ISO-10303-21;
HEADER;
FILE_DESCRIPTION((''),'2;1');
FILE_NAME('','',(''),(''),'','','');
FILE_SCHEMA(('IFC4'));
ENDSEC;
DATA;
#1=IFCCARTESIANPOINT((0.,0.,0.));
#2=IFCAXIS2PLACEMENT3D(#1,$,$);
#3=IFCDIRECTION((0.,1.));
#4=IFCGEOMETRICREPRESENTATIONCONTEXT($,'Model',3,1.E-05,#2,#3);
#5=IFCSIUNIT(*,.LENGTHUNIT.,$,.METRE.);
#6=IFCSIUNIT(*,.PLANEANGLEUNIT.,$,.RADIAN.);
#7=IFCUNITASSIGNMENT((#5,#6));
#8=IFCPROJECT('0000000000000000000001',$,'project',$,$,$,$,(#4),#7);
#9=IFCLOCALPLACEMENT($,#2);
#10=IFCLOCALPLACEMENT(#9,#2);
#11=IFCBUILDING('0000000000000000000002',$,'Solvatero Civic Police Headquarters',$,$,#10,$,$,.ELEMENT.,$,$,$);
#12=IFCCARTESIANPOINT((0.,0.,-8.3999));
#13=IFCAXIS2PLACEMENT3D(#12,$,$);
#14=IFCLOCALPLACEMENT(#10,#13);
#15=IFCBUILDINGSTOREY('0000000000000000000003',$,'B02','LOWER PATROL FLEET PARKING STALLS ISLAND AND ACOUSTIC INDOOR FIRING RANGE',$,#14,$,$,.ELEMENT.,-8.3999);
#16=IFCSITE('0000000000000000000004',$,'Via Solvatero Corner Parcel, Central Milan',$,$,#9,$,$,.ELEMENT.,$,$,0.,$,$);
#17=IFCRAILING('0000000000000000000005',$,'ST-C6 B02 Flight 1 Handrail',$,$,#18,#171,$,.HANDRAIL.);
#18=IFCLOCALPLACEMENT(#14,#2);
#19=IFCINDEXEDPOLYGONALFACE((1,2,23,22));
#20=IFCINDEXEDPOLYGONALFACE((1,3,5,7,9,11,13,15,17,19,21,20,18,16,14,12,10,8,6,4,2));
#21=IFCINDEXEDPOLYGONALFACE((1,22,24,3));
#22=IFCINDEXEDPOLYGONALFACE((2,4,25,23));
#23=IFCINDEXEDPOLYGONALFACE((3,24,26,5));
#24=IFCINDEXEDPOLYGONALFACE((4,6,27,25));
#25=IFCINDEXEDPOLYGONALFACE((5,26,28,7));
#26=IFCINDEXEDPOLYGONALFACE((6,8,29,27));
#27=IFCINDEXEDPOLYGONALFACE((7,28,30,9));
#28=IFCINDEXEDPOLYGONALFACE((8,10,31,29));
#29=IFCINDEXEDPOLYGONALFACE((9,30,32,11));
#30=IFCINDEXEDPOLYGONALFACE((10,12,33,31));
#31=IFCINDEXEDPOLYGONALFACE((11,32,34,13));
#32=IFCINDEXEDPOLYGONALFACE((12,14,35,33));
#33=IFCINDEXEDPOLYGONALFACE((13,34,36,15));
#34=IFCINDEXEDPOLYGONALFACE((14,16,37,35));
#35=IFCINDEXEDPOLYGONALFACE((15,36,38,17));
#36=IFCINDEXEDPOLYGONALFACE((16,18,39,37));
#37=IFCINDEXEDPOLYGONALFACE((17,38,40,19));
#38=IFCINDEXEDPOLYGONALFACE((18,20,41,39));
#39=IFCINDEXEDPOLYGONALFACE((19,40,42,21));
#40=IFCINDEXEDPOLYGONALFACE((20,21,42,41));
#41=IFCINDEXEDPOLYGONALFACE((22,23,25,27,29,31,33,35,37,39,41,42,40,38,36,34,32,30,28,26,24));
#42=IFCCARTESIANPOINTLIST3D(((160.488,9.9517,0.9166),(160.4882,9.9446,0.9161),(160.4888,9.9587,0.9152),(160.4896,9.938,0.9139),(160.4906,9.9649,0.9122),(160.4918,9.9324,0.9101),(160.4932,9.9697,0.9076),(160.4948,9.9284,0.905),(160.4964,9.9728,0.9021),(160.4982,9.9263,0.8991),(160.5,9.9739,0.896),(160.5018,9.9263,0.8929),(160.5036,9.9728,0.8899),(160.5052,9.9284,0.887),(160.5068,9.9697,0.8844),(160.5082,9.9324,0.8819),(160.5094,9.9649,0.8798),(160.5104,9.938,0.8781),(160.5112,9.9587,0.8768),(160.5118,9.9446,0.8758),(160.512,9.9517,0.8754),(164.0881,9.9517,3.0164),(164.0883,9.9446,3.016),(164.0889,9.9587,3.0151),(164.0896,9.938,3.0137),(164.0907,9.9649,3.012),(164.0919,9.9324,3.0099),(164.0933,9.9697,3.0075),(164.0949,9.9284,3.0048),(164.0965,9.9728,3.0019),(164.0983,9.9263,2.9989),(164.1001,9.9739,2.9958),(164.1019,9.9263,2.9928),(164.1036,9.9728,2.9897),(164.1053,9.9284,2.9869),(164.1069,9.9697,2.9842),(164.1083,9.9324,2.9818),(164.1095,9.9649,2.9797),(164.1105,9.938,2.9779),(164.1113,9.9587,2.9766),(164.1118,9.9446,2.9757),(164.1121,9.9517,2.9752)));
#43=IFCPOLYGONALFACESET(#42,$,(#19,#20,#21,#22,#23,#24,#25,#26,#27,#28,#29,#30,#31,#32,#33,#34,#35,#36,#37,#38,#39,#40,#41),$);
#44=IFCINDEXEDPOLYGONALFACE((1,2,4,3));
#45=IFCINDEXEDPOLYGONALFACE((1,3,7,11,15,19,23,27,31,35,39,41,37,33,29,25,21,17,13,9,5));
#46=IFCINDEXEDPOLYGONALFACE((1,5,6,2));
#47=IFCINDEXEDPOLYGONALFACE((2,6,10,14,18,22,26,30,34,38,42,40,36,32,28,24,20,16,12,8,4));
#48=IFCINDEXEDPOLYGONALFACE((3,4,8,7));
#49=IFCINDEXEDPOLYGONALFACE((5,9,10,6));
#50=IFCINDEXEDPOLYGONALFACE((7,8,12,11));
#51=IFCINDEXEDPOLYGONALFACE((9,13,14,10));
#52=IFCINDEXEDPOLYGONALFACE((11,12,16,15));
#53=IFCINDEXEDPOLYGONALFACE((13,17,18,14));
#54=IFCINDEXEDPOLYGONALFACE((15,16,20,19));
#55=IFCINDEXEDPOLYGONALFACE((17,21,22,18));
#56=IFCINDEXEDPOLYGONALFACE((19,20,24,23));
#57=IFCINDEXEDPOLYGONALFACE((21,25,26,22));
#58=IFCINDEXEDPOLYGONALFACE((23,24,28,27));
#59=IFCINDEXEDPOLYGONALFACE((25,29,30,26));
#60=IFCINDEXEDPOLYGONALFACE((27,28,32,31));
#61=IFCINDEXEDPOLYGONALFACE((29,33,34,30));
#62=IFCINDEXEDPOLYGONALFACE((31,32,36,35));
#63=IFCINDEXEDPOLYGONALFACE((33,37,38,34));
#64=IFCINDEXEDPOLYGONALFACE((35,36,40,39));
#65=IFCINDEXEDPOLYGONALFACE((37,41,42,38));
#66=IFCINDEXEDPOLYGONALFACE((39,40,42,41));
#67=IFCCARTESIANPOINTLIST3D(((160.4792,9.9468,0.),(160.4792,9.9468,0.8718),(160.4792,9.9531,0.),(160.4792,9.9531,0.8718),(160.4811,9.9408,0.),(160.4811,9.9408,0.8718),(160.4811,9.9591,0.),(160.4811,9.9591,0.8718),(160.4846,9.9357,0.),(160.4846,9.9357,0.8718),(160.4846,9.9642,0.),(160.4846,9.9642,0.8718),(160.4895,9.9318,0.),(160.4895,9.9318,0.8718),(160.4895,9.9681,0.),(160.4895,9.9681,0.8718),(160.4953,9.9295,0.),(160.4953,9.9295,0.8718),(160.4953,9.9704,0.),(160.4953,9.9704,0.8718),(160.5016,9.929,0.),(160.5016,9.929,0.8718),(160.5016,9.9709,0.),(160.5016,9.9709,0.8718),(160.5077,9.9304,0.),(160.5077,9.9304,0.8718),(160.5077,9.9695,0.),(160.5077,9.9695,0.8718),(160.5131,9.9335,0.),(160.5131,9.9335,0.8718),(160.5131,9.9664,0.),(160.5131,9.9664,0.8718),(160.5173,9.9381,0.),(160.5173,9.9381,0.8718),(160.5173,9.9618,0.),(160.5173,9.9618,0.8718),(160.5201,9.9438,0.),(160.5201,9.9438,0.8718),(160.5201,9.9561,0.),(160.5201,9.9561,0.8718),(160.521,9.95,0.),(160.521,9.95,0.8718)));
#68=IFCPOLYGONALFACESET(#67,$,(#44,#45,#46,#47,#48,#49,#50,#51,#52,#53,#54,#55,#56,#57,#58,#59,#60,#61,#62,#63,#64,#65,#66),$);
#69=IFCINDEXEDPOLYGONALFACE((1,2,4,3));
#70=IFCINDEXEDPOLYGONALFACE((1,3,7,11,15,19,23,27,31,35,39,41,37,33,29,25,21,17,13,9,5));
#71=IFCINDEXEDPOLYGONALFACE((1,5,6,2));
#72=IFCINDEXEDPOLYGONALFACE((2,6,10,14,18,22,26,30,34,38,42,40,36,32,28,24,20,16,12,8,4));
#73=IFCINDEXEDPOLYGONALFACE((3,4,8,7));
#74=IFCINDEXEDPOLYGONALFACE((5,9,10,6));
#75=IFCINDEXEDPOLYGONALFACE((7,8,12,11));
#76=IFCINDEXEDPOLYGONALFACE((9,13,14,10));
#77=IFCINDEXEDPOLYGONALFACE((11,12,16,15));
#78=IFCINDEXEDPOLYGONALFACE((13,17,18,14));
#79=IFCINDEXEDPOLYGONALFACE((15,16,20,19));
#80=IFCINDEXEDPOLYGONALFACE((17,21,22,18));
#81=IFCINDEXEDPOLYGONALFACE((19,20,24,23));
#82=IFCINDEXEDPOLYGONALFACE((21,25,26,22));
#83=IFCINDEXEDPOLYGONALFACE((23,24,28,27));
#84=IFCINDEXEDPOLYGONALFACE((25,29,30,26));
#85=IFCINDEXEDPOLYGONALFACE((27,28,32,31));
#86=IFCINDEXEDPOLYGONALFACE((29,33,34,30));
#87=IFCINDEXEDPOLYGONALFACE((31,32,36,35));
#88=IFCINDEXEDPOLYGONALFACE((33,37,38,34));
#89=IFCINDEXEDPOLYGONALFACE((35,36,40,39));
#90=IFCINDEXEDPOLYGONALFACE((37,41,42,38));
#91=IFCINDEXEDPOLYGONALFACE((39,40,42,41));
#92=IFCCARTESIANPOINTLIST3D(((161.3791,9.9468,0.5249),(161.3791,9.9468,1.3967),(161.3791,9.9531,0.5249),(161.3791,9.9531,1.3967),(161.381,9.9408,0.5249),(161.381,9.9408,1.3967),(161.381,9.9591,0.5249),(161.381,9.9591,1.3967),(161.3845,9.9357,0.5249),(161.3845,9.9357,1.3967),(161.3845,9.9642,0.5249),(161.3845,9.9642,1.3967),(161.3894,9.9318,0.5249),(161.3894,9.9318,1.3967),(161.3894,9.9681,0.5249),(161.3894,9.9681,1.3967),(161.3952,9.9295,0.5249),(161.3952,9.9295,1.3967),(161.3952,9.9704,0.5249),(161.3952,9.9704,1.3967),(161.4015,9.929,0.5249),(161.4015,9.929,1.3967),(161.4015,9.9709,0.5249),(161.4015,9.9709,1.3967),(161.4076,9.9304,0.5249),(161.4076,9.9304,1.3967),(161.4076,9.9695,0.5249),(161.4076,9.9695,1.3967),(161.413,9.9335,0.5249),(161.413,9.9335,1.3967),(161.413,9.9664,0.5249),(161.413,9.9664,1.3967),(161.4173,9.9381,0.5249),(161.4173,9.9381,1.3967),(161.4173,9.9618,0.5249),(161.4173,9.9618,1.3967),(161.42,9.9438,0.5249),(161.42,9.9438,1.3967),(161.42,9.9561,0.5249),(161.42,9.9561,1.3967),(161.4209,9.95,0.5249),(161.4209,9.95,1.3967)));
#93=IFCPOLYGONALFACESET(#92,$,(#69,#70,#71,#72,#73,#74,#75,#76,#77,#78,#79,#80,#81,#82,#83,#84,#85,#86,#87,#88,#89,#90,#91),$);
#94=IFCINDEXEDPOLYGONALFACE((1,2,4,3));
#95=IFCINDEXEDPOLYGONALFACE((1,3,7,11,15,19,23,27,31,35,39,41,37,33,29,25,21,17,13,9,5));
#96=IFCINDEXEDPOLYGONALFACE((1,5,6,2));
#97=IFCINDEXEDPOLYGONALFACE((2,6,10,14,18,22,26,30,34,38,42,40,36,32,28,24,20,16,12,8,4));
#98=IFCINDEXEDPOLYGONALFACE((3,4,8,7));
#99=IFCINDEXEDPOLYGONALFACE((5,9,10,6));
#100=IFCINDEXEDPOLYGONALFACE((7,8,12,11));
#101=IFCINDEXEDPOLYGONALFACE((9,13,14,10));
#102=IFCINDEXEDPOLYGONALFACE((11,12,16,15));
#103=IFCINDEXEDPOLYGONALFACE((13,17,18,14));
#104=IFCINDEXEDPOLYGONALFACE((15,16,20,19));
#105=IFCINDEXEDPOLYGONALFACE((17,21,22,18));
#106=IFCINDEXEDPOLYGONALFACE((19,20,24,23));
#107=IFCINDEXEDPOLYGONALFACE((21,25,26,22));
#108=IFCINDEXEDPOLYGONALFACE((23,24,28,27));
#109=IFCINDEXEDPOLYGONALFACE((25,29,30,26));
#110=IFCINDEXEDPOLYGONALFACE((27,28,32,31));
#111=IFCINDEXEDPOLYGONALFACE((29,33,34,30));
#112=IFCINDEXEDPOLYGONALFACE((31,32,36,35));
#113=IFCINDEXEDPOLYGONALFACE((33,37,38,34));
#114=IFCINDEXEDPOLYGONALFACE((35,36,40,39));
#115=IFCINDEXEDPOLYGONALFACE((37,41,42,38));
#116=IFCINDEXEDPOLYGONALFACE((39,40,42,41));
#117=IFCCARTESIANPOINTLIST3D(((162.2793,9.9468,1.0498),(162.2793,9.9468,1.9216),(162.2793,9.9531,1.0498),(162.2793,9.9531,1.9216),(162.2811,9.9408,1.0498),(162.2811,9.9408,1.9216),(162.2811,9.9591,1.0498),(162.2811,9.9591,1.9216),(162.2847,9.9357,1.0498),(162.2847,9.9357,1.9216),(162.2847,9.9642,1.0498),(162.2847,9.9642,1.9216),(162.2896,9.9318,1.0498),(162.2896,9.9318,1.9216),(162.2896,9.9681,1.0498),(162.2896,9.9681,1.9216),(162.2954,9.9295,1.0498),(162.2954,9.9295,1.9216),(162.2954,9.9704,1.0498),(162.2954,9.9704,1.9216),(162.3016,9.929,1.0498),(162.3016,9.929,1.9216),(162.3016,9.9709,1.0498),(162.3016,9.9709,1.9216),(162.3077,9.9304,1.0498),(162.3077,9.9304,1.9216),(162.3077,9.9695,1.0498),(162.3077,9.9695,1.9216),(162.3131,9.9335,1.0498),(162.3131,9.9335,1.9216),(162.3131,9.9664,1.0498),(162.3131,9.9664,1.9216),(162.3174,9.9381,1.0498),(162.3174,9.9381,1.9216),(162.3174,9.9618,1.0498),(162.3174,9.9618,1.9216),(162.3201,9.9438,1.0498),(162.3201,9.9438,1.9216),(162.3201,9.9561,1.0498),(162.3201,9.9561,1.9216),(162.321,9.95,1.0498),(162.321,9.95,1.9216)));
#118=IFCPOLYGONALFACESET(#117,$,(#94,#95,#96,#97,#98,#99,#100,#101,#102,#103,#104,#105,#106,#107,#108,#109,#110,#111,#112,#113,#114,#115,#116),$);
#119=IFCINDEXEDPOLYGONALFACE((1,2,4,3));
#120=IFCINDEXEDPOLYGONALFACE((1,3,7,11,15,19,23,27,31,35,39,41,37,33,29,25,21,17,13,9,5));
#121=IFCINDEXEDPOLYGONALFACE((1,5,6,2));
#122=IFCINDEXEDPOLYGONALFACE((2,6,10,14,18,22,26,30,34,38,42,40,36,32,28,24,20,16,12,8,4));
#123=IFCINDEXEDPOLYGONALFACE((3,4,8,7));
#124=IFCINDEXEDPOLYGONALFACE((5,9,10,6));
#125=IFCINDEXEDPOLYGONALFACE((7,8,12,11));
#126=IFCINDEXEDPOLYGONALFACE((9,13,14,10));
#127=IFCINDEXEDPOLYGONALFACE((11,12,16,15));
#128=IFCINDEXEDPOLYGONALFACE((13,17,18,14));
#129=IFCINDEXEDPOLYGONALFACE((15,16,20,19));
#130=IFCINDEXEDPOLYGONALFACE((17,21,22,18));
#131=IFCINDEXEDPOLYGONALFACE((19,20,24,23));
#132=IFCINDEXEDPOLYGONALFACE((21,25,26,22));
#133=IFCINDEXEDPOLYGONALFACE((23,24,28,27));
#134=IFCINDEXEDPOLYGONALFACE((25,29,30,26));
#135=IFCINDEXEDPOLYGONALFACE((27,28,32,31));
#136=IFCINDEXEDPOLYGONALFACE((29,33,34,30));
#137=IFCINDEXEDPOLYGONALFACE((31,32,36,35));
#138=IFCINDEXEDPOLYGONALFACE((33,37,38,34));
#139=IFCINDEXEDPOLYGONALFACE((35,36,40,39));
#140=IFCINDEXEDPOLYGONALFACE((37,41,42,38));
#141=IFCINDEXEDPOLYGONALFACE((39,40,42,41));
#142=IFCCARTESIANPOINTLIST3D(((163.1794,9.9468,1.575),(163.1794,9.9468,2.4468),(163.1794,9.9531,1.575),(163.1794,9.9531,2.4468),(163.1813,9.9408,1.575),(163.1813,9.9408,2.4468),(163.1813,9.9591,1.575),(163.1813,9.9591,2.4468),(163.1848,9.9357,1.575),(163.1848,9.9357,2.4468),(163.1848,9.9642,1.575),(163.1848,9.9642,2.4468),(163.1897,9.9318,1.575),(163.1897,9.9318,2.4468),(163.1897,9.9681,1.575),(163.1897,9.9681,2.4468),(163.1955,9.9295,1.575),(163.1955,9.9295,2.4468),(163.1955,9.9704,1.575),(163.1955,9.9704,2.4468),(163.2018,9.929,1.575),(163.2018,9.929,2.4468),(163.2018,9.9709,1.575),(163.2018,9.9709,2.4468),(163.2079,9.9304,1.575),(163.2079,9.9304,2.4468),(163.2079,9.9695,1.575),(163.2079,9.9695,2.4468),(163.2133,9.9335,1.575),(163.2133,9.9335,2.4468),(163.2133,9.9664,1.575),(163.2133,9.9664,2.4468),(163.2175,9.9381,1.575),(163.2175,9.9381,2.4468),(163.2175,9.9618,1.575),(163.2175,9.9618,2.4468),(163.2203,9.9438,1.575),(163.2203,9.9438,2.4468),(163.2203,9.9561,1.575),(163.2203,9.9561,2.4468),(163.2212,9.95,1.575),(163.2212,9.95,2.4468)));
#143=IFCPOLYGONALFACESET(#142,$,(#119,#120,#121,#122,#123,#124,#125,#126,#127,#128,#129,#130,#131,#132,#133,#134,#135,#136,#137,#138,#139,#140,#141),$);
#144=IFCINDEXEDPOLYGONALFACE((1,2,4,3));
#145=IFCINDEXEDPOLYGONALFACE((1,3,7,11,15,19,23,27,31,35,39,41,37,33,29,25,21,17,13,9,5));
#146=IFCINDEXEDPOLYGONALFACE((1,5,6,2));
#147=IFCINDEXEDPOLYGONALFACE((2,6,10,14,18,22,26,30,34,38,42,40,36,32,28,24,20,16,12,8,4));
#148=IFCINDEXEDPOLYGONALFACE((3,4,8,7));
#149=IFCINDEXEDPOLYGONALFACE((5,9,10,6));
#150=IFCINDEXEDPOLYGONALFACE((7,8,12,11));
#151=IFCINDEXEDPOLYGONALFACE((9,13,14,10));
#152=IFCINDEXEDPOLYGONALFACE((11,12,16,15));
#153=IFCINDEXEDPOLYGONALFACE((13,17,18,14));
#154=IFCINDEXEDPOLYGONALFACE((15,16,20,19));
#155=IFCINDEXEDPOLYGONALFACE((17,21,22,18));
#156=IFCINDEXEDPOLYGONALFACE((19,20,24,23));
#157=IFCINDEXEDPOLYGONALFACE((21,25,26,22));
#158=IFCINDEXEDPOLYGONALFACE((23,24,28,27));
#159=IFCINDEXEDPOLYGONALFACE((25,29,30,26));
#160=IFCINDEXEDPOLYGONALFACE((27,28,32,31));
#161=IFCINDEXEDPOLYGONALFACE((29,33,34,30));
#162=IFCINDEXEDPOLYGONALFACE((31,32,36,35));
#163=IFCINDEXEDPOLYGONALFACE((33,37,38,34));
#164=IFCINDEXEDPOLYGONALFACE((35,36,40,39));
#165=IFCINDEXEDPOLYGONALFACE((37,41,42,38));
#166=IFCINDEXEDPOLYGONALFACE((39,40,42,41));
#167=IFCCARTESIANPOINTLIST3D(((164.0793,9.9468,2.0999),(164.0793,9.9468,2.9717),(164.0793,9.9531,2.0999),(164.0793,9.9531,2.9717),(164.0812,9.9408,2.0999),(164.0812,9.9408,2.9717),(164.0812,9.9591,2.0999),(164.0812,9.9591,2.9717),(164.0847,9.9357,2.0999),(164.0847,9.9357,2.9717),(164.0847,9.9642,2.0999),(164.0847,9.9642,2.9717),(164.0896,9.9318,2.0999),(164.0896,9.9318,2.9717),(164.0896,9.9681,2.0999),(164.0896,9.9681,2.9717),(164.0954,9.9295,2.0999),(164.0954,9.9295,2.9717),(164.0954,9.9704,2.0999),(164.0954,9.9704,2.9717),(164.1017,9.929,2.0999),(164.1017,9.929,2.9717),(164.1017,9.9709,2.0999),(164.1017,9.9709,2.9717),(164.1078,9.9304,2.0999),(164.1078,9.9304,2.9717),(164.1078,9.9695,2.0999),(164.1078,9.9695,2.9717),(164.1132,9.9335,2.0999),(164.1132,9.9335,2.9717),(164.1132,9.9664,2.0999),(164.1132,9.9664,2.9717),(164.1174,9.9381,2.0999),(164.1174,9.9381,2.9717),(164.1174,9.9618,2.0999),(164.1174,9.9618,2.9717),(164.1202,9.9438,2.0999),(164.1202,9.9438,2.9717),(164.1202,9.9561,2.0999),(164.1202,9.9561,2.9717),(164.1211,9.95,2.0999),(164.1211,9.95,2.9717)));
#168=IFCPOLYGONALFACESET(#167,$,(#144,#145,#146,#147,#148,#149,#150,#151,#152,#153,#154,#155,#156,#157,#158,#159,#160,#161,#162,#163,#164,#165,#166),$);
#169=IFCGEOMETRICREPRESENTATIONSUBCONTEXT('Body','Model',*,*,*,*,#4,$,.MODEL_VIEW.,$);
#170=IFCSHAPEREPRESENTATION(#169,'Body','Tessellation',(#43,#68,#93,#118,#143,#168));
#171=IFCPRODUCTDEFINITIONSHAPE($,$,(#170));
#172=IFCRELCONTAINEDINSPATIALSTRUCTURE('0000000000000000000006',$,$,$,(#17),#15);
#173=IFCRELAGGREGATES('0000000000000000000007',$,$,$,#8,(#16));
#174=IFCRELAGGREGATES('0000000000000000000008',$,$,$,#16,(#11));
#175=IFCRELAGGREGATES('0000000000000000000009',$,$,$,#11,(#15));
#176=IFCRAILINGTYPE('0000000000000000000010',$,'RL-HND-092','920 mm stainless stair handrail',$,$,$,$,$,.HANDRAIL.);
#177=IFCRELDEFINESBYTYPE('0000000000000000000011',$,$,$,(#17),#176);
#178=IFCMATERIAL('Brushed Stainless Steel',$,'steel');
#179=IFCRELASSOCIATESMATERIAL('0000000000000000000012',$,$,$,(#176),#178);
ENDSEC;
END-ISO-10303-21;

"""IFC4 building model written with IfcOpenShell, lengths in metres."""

from ifc_helpers import new_model, si_unit, direction, frame, origin, origin_2d, place, context, subcontext, project, spatial, circle, extrude, material, type_object, element, save


model = new_model("IFC4")

# Units and contexts
model_context = context("Model", 3, precision=1e-05, world=origin(), true_north=direction((0.0, 1.0)))
body_context = subcontext(model_context, "Body", "Model", "MODEL_VIEW")
ifc_project = project(units=[si_unit("LENGTHUNIT", "METRE"), si_unit("PLANEANGLEUNIT", "RADIAN")], contexts=[model_context])

# Site, building, storey
site_placement = place(None, origin())
site = spatial("IfcSite", under=ifc_project, at=site_placement, Name="Via Solvatero Corner Parcel, Central Milan", CompositionType="ELEMENT", RefElevation=0.0)
building_placement = place(site_placement, origin())
building = spatial("IfcBuilding", under=site, at=building_placement, Name="Solvatero Civic Police Headquarters", CompositionType="ELEMENT")
storey_placement = place(building_placement, frame((0.0, 0.0, -8.3999)))
storey = spatial("IfcBuildingStorey", under=building, at=storey_placement, Name="B02", Description="LOWER PATROL FLEET PARKING STALLS ISLAND AND ACOUSTIC INDOOR FIRING RANGE", CompositionType="ELEMENT", Elevation=-8.3999)

# Railing
ifc_material_1 = material(Name="Brushed Stainless Steel", Category="steel")
railing_type_1 = type_object("IfcRailingType", Name="RL-HND-092", Description="920 mm stainless stair handrail", PredefinedType="HANDRAIL", material=ifc_material_1)
railing_1_placement = place(storey_placement, frame((160.5, 9.95, 0.0)))
element("IfcRailing", 1, at=railing_1_placement, inside=storey, type_object=railing_type_1, Name="ST-C6 B02 Flight 1 Handrail", PredefinedType="HANDRAIL", context=body_context, shape_type="SweptSolid", body=[
    extrude(circle(Radius=0.0239, at=origin_2d()), frame((0.0, 0.0, 0.896), z_axis=(0.8638, 0.0, 0.503835), x_axis=(0.0, 1.0, 0.0)), (0.0, 0.0, 1.0), 4.1677),
    extrude(circle(Radius=0.021, at=origin_2d()), origin(), (0.0, 0.0, 1.0), 0.8718),
    extrude(circle(Radius=0.021, at=origin_2d()), frame((0.8999, 0.0, 0.5249)), (0.0, 0.0, 1.0), 0.8718),
    extrude(circle(Radius=0.021, at=origin_2d()), frame((1.8, 0.0, 1.0498)), (0.0, 0.0, 1.0), 0.8718),
    extrude(circle(Radius=0.021, at=origin_2d()), frame((2.7002, 0.0, 1.575)), (0.0, 0.0, 1.0), 0.8718),
    extrude(circle(Radius=0.021, at=origin_2d()), frame((3.6001, 0.0, 2.0999)), (0.0, 0.0, 1.0), 0.8718),
])

save(model, "model.ifc")
